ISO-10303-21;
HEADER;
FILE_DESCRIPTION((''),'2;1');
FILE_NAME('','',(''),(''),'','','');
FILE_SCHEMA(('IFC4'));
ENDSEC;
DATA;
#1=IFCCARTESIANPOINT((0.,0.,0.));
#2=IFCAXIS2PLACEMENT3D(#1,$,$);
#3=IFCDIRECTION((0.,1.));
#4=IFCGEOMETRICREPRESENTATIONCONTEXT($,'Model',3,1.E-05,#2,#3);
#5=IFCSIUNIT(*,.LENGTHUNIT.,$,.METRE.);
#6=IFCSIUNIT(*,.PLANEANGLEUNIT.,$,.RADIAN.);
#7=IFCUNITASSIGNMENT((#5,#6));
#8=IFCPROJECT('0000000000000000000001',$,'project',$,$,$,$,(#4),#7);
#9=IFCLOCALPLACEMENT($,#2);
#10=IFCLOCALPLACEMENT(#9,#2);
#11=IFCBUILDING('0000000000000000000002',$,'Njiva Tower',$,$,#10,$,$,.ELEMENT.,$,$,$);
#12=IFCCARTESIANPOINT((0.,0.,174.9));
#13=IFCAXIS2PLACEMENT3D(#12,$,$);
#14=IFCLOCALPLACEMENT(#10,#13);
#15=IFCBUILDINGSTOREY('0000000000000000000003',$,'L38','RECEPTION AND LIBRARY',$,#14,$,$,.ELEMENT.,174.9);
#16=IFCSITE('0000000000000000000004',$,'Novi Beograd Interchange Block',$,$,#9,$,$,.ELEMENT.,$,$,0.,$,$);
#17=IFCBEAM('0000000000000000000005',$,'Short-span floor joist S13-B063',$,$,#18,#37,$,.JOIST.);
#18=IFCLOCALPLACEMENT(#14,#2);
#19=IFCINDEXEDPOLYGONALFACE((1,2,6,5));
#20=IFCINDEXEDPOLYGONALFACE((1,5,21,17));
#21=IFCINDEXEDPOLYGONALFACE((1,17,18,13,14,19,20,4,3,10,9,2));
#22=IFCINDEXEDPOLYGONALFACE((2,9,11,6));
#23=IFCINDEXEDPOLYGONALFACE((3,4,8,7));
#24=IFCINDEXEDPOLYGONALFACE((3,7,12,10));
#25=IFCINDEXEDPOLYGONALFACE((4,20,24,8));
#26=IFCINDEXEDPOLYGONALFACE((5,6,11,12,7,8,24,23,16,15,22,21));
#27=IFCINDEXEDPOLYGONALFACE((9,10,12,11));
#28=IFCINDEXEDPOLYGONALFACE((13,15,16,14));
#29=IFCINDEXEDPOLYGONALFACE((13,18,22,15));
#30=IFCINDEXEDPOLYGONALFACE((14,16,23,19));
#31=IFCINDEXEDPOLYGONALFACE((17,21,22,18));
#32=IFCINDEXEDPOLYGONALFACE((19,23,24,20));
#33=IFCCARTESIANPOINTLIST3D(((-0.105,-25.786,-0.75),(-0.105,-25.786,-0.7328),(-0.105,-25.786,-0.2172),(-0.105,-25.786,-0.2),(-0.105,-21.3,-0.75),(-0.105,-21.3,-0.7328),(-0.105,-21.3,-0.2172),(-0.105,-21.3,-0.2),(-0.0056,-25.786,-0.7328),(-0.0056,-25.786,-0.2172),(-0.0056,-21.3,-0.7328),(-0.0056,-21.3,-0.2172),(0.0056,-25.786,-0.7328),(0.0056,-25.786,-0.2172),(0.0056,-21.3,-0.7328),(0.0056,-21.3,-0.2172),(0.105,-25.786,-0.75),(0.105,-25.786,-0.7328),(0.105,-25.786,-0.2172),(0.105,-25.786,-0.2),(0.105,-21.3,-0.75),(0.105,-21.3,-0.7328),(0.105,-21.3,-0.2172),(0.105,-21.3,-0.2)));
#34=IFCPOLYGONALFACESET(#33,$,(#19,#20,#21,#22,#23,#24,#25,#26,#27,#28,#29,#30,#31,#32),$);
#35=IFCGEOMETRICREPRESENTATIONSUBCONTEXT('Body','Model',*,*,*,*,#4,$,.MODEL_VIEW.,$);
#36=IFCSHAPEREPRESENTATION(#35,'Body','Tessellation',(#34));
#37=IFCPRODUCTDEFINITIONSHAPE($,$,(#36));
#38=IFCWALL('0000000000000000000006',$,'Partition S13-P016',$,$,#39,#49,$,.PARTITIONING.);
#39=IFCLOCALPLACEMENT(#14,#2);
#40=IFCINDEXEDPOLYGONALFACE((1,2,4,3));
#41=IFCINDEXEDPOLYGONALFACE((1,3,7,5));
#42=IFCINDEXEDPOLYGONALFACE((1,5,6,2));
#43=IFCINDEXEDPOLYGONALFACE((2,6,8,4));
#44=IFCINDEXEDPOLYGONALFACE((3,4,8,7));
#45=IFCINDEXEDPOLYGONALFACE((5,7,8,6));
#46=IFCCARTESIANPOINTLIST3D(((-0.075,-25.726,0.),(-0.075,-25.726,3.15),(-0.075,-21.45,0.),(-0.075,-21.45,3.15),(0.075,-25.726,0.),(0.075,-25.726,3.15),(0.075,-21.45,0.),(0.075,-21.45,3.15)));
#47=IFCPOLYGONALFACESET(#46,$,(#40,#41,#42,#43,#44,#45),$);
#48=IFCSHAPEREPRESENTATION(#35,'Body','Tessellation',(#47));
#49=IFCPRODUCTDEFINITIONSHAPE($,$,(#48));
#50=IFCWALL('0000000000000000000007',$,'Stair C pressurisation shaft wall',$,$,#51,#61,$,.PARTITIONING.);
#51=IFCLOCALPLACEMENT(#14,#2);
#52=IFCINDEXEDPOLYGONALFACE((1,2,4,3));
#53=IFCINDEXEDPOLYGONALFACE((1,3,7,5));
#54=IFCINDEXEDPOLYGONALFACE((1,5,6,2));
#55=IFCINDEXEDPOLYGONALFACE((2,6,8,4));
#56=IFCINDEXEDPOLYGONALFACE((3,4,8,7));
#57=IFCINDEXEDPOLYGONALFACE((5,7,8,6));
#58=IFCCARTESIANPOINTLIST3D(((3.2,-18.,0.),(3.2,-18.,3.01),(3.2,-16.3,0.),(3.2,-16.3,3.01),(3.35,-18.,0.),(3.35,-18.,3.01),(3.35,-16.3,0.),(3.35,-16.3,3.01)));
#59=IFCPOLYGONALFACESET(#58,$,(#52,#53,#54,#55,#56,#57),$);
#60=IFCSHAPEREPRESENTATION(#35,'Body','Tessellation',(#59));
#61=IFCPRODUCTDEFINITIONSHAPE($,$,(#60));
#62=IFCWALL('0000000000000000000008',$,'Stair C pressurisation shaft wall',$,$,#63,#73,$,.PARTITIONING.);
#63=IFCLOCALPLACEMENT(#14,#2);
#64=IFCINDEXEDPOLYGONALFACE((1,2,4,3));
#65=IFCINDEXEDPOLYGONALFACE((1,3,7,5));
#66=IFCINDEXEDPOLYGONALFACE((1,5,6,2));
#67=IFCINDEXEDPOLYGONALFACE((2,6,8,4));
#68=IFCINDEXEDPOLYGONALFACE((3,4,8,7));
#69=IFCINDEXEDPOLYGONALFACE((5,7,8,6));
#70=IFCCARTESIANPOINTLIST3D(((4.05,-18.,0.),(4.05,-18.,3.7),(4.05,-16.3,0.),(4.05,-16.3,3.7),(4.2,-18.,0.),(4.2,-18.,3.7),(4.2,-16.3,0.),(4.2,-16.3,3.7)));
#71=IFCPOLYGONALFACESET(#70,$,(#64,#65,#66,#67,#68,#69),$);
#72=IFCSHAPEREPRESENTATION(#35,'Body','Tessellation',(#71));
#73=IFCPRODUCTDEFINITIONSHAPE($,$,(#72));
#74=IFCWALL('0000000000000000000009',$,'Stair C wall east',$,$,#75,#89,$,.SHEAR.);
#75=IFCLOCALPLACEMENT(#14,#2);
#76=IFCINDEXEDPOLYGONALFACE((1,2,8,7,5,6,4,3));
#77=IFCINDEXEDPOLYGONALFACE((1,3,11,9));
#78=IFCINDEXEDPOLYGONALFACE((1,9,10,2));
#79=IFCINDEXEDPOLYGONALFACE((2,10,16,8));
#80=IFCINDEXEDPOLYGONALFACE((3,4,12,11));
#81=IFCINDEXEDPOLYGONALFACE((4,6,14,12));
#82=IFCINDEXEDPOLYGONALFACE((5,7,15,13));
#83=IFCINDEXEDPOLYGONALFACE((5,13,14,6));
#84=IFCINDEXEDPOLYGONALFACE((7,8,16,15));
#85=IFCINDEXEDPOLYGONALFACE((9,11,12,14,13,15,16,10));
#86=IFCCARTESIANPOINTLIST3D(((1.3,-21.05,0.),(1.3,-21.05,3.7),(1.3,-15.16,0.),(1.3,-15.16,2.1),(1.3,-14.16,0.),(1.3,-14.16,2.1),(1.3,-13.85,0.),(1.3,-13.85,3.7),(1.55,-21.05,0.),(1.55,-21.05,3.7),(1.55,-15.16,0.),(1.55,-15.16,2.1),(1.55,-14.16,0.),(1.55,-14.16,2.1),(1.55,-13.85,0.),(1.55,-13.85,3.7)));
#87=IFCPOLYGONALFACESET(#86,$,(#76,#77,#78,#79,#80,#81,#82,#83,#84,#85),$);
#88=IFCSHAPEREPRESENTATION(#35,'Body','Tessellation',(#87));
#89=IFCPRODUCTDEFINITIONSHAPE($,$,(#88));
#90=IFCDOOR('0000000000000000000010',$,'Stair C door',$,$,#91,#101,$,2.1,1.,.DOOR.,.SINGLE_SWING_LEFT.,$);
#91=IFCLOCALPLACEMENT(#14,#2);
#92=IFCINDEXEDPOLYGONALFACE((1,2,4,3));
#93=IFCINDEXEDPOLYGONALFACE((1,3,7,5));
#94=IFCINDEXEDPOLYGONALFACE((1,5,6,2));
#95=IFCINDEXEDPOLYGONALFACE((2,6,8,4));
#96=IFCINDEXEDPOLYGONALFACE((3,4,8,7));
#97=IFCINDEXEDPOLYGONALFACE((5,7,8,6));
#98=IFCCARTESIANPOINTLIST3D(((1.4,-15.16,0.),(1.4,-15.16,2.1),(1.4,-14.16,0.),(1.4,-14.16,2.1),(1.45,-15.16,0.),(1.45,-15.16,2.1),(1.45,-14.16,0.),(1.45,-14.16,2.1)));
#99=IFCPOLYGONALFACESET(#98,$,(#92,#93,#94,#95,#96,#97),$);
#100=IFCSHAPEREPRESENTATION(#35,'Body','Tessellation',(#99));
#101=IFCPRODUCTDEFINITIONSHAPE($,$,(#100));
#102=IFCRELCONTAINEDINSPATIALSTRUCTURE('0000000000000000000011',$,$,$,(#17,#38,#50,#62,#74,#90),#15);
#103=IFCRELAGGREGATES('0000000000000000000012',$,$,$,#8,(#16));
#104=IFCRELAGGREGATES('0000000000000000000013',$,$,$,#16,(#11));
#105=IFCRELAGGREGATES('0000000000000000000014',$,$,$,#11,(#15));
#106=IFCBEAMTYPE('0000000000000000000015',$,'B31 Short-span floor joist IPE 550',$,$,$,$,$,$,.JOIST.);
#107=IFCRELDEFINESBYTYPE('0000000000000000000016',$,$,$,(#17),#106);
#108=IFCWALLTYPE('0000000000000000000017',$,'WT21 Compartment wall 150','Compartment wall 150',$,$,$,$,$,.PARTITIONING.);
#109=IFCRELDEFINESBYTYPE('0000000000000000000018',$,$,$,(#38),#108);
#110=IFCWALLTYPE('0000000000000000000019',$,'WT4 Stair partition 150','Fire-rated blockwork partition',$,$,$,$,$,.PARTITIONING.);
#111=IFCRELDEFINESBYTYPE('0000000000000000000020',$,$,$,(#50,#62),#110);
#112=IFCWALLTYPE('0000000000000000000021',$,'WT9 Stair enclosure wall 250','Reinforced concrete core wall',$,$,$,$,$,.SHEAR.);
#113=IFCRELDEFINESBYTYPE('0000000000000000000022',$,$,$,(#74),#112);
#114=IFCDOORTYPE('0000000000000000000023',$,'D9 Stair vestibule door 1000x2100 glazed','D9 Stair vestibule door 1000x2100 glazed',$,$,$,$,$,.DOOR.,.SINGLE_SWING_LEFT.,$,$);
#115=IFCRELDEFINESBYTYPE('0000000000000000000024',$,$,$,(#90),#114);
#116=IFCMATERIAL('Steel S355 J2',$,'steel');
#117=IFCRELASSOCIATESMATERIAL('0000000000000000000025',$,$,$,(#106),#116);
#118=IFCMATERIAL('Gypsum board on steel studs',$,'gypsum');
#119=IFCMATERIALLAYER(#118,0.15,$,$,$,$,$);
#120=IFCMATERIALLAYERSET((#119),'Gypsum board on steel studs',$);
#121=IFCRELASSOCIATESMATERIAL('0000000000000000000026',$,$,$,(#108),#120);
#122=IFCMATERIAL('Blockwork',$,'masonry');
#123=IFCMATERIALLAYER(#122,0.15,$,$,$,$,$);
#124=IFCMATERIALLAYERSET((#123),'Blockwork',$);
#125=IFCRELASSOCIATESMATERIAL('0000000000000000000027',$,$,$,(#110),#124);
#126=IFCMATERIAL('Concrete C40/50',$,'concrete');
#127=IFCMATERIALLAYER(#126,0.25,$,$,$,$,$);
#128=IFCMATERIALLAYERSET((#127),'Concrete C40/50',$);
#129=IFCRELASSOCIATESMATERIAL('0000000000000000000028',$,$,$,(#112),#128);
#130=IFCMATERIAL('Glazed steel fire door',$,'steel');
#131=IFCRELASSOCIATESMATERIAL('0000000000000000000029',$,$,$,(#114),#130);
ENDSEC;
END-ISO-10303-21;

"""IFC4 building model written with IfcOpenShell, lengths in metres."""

from ifc_helpers import new_model, si_unit, direction, frame, frame_2d, origin, origin_2d, place, context, subcontext, project, spatial, rectangle, i_section, extrude, material, layer, layer_set, material_profile, profile_set, type_object, element, fill, save


model = new_model("IFC4")

# Units and contexts
model_context = context("Model", 3, precision=1e-05, world=origin(), true_north=direction((0.0, 1.0)))
body_context = subcontext(model_context, "Body", "Model", "MODEL_VIEW")
ifc_project = project(units=[si_unit("LENGTHUNIT", "METRE"), si_unit("PLANEANGLEUNIT", "RADIAN")], contexts=[model_context])

# Site, building, storey
site_placement = place(None, origin())
site = spatial("IfcSite", under=ifc_project, at=site_placement, Name="Novi Beograd Interchange Block", CompositionType="ELEMENT", RefElevation=0.0)
building_placement = place(site_placement, origin())
building = spatial("IfcBuilding", under=site, at=building_placement, Name="Njiva Tower", CompositionType="ELEMENT")
storey_placement = place(building_placement, frame((0.0, 0.0, 174.9)))
storey = spatial("IfcBuildingStorey", under=building, at=storey_placement, Name="L38", Description="RECEPTION AND LIBRARY", CompositionType="ELEMENT", Elevation=174.9)

# Shared definitions
ifc_material_1 = material(Name="Steel S355 J2", Category="steel")

# Beam
ifc_material_profile_1 = material_profile(ifc_material_1, i_section(OverallWidth=0.21, OverallDepth=0.55, WebThickness=0.0111, FlangeThickness=0.0172, at=origin_2d()), Name="IPE 550")
ifc_profile_set_1 = profile_set([ifc_material_profile_1], Name="Steel S355 J2")
beam_type_1 = type_object("IfcBeamType", Name="B31 Short-span floor joist IPE 550", PredefinedType="JOIST", material=ifc_profile_set_1)
beam_1_placement = place(storey_placement, frame((0.0, -21.3, -0.475), z_axis=(0.0, -1.0, 0.0), x_axis=(1.0, 0.0, 0.0)))
element("IfcBeam", 1, at=beam_1_placement, inside=storey, type_object=beam_type_1, Name="Short-span floor joist S13-B063", PredefinedType="JOIST", context=body_context, shape_type="SweptSolid", body=[
    extrude(i_section(OverallWidth=0.21, OverallDepth=0.55, WebThickness=0.0111, FlangeThickness=0.0172, at=origin_2d()), origin(), (0.0, 0.0, 1.0), 4.486),
])

# Walls
ifc_material_2 = material(Name="Gypsum board on steel studs", Category="gypsum")
ifc_layer_1 = layer(ifc_material_2, 0.15)
ifc_layer_set_1 = layer_set([ifc_layer_1], Name="Gypsum board on steel studs")
wall_type_1 = type_object("IfcWallType", Name="WT21 Compartment wall 150", Description="Compartment wall 150", PredefinedType="PARTITIONING", material=ifc_layer_set_1)
wall_1_placement = place(storey_placement, frame((0.0, -25.726, 0.0), z_axis=(0.0, 0.0, 1.0), x_axis=(0.0, 1.0, 0.0)))
element("IfcWall", 2, at=wall_1_placement, inside=storey, type_object=wall_type_1, Name="Partition S13-P016", PredefinedType="PARTITIONING", context=body_context, shape_type="SweptSolid", body=[
    extrude(rectangle(XDim=4.276, YDim=0.15, at=frame_2d((2.138, 0.0))), origin(), (0.0, 0.0, 1.0), 3.15),
])
ifc_material_3 = material(Name="Blockwork", Category="masonry")
ifc_layer_2 = layer(ifc_material_3, 0.15)
ifc_layer_set_2 = layer_set([ifc_layer_2], Name="Blockwork")
wall_type_2 = type_object("IfcWallType", Name="WT4 Stair partition 150", Description="Fire-rated blockwork partition", PredefinedType="PARTITIONING", material=ifc_layer_set_2)
wall_2_placement = place(storey_placement, frame((3.275, -18.0, 0.0), z_axis=(0.0, 0.0, 1.0), x_axis=(0.0, 1.0, 0.0)))
element("IfcWall", 3, at=wall_2_placement, inside=storey, type_object=wall_type_2, Name="Stair C pressurisation shaft wall", PredefinedType="PARTITIONING", context=body_context, shape_type="SweptSolid", body=[
    extrude(rectangle(XDim=1.7, YDim=0.15, at=frame_2d((0.85, 0.0))), origin(), (0.0, 0.0, 1.0), 3.01),
])
wall_3_placement = place(storey_placement, frame((4.125, -18.0, 0.0), z_axis=(0.0, 0.0, 1.0), x_axis=(0.0, 1.0, 0.0)))
element("IfcWall", 4, at=wall_3_placement, inside=storey, type_object=wall_type_2, Name="Stair C pressurisation shaft wall", PredefinedType="PARTITIONING", context=body_context, shape_type="SweptSolid", body=[
    extrude(rectangle(XDim=1.7, YDim=0.15, at=frame_2d((0.85, 0.0))), origin(), (0.0, 0.0, 1.0), 3.7),
])

# Wall, opening, door
ifc_material_4 = material(Name="Concrete C40/50", Category="concrete")
ifc_layer_3 = layer(ifc_material_4, 0.25)
ifc_layer_set_3 = layer_set([ifc_layer_3], Name="Concrete C40/50")
wall_type_3 = type_object("IfcWallType", Name="WT9 Stair enclosure wall 250", Description="Reinforced concrete core wall", PredefinedType="SHEAR", material=ifc_layer_set_3)
wall_4_placement = place(storey_placement, frame((1.425, -21.05, 0.0), z_axis=(0.0, 0.0, 1.0), x_axis=(0.0, 1.0, 0.0)))
wall_4 = element("IfcWall", 5, at=wall_4_placement, inside=storey, type_object=wall_type_3, Name="Stair C wall east", PredefinedType="SHEAR", context=body_context, shape_type="SweptSolid", body=[
    extrude(rectangle(XDim=7.2, YDim=0.25, at=frame_2d((3.6, 0.0))), origin(), (0.0, 0.0, 1.0), 3.7),
])
opening_1_placement = place(wall_4_placement, frame((5.89, 0.0, 0.0)))
opening_1 = element("IfcOpeningElement", 6, at=opening_1_placement, cuts=wall_4, PredefinedType="OPENING", context=body_context, shape_type="SweptSolid", body=[
    extrude(rectangle(XDim=1.0, YDim=2.1, at=frame_2d((0.5, 1.05))), frame((0.0, 0.135, 0.0), z_axis=(0.0, -1.0, 0.0), x_axis=(1.0, 0.0, 0.0)), (0.0, 0.0, 1.0), 0.27),
])
ifc_material_5 = material(Name="Glazed steel fire door", Category="steel")
door_type = type_object("IfcDoorType", Name="D9 Stair vestibule door 1000x2100 glazed", Description="D9 Stair vestibule door 1000x2100 glazed", OperationType="SINGLE_SWING_LEFT", PredefinedType="DOOR", material=ifc_material_5)
door_placement = place(opening_1_placement, origin())
door = element("IfcDoor", 7, at=door_placement, inside=storey, type_object=door_type, Name="Stair C door", OperationType="SINGLE_SWING_LEFT", OverallHeight=2.1, OverallWidth=1.0, PredefinedType="DOOR", context=body_context, shape_type="SweptSolid", body=[
    extrude(rectangle(XDim=1.0, YDim=2.1, at=frame_2d((0.5, 1.05))), frame((0.0, 0.025, 0.0), z_axis=(0.0, -1.0, 0.0), x_axis=(1.0, 0.0, 0.0)), (0.0, 0.0, 1.0), 0.05),
])
fill(opening_1, door)

save(model, "model.ifc")
